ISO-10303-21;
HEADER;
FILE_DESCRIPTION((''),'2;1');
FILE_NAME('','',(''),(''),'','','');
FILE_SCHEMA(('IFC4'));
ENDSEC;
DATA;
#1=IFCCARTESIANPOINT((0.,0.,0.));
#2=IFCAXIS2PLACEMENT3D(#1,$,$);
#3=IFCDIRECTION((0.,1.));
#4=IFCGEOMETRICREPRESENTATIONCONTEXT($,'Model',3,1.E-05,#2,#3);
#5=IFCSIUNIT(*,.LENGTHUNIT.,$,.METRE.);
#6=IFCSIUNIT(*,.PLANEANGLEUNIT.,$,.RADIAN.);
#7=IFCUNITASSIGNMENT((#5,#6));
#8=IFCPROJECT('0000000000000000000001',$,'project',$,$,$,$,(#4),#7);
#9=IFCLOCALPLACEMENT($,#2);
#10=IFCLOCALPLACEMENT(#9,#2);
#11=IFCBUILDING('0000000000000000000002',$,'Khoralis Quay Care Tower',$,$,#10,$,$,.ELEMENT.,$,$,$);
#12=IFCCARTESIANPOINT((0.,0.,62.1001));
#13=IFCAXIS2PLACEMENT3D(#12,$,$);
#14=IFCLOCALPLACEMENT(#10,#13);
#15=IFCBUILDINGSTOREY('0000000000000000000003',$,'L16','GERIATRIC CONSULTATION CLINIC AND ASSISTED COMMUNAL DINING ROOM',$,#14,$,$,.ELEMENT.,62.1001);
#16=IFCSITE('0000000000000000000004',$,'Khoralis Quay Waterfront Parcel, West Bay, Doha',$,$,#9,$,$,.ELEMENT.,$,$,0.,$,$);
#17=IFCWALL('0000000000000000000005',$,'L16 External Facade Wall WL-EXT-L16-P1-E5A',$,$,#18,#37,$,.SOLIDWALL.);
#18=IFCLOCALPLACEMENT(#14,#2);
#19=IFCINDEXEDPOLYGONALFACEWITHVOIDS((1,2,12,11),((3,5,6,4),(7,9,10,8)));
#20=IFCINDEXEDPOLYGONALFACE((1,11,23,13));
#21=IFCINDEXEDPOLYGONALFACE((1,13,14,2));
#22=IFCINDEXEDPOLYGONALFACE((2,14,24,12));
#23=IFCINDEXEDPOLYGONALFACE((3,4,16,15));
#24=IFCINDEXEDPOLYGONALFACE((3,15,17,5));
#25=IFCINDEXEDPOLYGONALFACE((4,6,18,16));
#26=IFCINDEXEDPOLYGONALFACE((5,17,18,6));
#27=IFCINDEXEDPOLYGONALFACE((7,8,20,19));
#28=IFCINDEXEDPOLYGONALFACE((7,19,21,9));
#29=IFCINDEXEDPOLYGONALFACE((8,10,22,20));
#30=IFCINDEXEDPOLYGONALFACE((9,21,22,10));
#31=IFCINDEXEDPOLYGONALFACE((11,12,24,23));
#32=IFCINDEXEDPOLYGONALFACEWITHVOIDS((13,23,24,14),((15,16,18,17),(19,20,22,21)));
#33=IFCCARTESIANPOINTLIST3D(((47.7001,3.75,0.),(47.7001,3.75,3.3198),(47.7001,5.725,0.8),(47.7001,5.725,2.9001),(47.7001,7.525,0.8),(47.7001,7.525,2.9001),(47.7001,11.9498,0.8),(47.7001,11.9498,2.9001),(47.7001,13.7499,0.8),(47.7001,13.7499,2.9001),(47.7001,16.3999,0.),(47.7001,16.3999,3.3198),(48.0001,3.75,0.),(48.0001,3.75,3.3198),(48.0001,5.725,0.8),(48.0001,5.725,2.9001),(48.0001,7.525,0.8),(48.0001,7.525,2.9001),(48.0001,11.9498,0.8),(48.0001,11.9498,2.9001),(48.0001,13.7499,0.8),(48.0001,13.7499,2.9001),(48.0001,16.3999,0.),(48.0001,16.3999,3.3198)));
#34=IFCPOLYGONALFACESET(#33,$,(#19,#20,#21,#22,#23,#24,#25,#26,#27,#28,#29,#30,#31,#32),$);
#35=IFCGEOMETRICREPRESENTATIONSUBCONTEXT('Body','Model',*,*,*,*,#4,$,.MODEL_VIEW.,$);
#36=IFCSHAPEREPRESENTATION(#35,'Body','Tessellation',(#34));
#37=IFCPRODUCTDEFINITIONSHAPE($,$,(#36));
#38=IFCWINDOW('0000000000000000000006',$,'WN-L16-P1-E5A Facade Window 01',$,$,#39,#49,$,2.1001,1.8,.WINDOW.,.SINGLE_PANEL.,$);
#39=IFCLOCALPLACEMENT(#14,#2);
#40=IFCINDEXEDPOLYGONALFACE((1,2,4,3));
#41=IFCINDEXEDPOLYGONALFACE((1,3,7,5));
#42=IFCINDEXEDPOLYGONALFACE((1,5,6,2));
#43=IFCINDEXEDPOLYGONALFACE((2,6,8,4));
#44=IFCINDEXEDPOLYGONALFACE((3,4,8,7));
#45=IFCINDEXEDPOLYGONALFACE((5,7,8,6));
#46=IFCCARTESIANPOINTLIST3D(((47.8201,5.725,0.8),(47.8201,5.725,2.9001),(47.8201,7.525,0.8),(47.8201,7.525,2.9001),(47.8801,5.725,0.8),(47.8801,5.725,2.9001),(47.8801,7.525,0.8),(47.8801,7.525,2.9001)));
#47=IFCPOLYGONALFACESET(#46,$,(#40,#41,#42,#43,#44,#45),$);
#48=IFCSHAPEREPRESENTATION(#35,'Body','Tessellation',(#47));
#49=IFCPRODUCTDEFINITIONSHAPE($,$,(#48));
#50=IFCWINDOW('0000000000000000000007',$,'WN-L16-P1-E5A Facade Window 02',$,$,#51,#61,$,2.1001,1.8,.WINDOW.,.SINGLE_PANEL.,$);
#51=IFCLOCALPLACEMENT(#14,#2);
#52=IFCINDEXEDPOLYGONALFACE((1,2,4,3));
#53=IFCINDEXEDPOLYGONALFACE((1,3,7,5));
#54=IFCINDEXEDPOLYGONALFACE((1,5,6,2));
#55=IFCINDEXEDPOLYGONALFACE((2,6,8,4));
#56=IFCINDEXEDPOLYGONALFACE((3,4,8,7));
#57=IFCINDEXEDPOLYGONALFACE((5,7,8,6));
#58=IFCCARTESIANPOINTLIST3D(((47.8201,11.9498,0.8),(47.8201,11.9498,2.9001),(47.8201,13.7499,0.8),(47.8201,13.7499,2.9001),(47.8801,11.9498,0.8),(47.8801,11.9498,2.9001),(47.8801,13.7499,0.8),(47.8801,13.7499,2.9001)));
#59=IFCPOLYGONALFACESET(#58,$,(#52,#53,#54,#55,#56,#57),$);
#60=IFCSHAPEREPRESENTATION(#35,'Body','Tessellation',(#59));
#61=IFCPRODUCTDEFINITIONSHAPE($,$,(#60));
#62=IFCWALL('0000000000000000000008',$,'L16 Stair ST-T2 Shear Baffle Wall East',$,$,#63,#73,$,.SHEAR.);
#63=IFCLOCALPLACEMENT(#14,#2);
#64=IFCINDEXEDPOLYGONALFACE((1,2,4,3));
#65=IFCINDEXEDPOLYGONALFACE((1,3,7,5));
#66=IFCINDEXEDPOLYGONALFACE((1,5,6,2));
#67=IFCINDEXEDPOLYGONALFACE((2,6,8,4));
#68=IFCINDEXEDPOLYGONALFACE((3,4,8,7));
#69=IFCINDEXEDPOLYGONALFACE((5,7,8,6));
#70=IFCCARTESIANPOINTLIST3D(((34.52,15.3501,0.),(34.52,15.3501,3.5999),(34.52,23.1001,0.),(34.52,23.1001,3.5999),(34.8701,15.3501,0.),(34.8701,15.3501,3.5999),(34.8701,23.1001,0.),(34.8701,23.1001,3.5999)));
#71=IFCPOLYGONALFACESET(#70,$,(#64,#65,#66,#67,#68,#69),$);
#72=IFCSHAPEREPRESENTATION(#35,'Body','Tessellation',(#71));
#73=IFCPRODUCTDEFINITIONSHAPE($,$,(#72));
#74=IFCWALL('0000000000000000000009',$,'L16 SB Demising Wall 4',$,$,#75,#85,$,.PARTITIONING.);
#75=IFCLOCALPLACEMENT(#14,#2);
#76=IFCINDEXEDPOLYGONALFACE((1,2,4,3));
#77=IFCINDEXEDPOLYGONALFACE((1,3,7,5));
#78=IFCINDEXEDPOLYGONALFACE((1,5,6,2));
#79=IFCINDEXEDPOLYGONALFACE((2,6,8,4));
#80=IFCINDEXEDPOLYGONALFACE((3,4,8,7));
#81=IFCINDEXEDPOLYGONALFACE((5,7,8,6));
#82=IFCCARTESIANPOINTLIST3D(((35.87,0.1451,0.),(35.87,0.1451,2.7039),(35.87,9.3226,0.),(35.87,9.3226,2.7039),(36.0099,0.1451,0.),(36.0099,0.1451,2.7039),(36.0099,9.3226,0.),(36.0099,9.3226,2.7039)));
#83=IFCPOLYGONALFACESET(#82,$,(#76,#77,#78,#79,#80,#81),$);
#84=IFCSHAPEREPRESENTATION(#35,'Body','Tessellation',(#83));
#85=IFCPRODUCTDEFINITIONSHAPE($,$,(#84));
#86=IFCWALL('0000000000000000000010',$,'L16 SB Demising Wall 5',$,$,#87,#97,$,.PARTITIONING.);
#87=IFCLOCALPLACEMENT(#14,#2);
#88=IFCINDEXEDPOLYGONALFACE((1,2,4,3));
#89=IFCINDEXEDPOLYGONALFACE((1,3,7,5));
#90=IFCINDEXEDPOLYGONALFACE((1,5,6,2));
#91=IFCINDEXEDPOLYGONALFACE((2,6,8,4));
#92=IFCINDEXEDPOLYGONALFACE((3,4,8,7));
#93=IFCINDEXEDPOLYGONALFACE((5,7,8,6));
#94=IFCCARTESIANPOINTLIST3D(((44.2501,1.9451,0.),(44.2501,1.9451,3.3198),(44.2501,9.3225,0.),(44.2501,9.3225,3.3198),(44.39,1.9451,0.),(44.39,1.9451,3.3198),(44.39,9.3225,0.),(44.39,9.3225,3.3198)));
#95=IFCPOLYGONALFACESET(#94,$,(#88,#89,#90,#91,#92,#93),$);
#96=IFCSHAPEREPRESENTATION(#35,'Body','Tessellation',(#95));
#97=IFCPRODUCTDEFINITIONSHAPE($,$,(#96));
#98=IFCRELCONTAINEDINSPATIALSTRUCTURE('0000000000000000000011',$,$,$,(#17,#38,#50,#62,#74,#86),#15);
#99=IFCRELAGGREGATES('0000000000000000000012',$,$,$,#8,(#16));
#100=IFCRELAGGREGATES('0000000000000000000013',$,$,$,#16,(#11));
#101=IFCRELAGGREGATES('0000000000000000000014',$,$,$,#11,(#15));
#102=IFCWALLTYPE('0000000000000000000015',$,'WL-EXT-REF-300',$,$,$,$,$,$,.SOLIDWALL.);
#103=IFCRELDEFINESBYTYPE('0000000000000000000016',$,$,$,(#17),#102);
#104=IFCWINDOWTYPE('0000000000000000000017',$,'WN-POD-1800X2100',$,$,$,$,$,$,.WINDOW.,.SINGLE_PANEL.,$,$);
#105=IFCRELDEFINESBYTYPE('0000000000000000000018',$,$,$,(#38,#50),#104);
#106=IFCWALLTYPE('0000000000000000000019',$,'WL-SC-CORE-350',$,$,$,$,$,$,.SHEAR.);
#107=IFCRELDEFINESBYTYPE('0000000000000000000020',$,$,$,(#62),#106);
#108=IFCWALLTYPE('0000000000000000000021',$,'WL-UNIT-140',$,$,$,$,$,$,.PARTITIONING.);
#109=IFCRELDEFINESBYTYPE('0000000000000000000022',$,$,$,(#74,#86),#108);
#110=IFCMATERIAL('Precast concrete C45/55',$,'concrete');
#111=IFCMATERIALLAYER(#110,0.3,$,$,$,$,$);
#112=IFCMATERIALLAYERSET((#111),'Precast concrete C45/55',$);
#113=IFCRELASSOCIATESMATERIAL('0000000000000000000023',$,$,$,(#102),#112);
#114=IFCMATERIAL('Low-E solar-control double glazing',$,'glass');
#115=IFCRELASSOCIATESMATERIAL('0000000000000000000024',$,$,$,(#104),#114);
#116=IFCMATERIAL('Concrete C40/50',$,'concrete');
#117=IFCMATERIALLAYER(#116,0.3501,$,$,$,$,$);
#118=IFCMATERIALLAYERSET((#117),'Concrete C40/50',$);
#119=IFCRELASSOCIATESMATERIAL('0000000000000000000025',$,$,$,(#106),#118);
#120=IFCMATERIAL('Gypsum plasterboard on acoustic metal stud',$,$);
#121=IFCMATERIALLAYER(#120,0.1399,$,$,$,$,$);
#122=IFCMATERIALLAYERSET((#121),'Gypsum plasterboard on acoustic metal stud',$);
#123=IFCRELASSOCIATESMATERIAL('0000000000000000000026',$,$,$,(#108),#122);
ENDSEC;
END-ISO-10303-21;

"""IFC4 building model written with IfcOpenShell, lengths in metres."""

from ifc_helpers import new_model, si_unit, direction, frame, frame_2d, origin, place, context, subcontext, project, spatial, rectangle, extrude, source, transform, mapped, material, layer, layer_set, type_object, element, fill, save


model = new_model("IFC4")

# Units and contexts
model_context = context("Model", 3, precision=1e-05, world=origin(), true_north=direction((0.0, 1.0)))
body_context = subcontext(model_context, "Body", "Model", "MODEL_VIEW")
ifc_project = project(units=[si_unit("LENGTHUNIT", "METRE"), si_unit("PLANEANGLEUNIT", "RADIAN")], contexts=[model_context])

# Site, building, storey
site_placement = place(None, origin())
site = spatial("IfcSite", under=ifc_project, at=site_placement, Name="Khoralis Quay Waterfront Parcel, West Bay, Doha", CompositionType="ELEMENT", RefElevation=0.0)
building_placement = place(site_placement, origin())
building = spatial("IfcBuilding", under=site, at=building_placement, Name="Khoralis Quay Care Tower", CompositionType="ELEMENT")
storey_placement = place(building_placement, frame((0.0, 0.0, 62.1001)))
storey = spatial("IfcBuildingStorey", under=building, at=storey_placement, Name="L16", Description="GERIATRIC CONSULTATION CLINIC AND ASSISTED COMMUNAL DINING ROOM", CompositionType="ELEMENT", Elevation=62.1001)

# Shared definitions
ifc_material_1 = material(Name="Gypsum plasterboard on acoustic metal stud")

# Shared definitions
ifc_material_2 = material(Name="Precast concrete C45/55", Category="concrete")
ifc_layer_1 = layer(ifc_material_2, 0.3)
ifc_layer_set_1 = layer_set([ifc_layer_1], Name="Precast concrete C45/55")
wall_type_1 = type_object("IfcWallType", Name="WL-EXT-REF-300", PredefinedType="SOLIDWALL", material=ifc_layer_set_1)

# Wall, openings, windows
wall_1_placement = place(storey_placement, frame((47.8501, 3.75, 0.0), z_axis=(0.0, 0.0, 1.0), x_axis=(0.0, 1.0, 0.0)))
wall_1 = element("IfcWall", 1, at=wall_1_placement, inside=storey, type_object=wall_type_1, Name="L16 External Facade Wall WL-EXT-L16-P1-E5A", PredefinedType="SOLIDWALL", context=body_context, shape_type="SweptSolid", body=[
    extrude(rectangle(XDim=12.6499, YDim=0.3, at=frame_2d((6.325, 0.0))), origin(), (0.0, 0.0, 1.0), 3.3198),
])
opening_1_placement = place(wall_1_placement, frame((1.9751, 0.0, 0.8)))
opening_1 = element("IfcOpeningElement", 2, at=opening_1_placement, cuts=wall_1, PredefinedType="OPENING", context=body_context, shape_type="SweptSolid", body=[
    extrude(rectangle(XDim=1.8, YDim=2.1001, at=frame_2d((0.8999, 1.05))), frame((0.0, 0.1602, 0.0), z_axis=(0.0, -1.0, 0.0), x_axis=(1.0, 0.0, 0.0)), (0.0, 0.0, 1.0), 0.3201),
])
opening_2_placement = place(wall_1_placement, frame((8.2, 0.0, 0.8)))
opening_2 = element("IfcOpeningElement", 3, at=opening_2_placement, cuts=wall_1, PredefinedType="OPENING", context=body_context, shape_type="SweptSolid", body=[
    extrude(rectangle(XDim=1.8, YDim=2.1001, at=frame_2d((0.8999, 1.05))), frame((0.0, 0.1602, 0.0), z_axis=(0.0, -1.0, 0.0), x_axis=(1.0, 0.0, 0.0)), (0.0, 0.0, 1.0), 0.3201),
])
ifc_material_3 = material(Name="Low-E solar-control double glazing", Category="glass")
window_type = type_object("IfcWindowType", Name="WN-POD-1800X2100", PartitioningType="SINGLE_PANEL", PredefinedType="WINDOW", material=ifc_material_3)
shared_shape_1 = source(origin(), body_context, "Body", "SweptSolid", [
    extrude(rectangle(XDim=1.8, YDim=2.1001, at=frame_2d((0.8999, 1.05))), frame((0.0, 0.03, 0.0), z_axis=(0.0, -1.0, 0.0), x_axis=(1.0, 0.0, 0.0)), (0.0, 0.0, 1.0), 0.0601),
])
window_1_placement = place(opening_1_placement, origin())
window_1 = element("IfcWindow", 4, at=window_1_placement, inside=storey, type_object=window_type, Name="WN-L16-P1-E5A Facade Window 01", OverallHeight=2.1001, OverallWidth=1.8, PartitioningType="SINGLE_PANEL", PredefinedType="WINDOW", context=body_context, shape_type="MappedRepresentation", body=[
    mapped(shared_shape_1, transform((0.0, 0.0, 0.0), scale=1.0)),
])
fill(opening_1, window_1)
window_2_placement = place(opening_2_placement, origin())
window_2 = element("IfcWindow", 5, at=window_2_placement, inside=storey, type_object=window_type, Name="WN-L16-P1-E5A Facade Window 02", OverallHeight=2.1001, OverallWidth=1.8, PartitioningType="SINGLE_PANEL", PredefinedType="WINDOW", context=body_context, shape_type="MappedRepresentation", body=[
    mapped(shared_shape_1, transform((0.0, 0.0, 0.0), scale=1.0)),
])
fill(opening_2, window_2)

# Walls
ifc_material_4 = material(Name="Concrete C40/50", Category="concrete")
ifc_layer_2 = layer(ifc_material_4, 0.3501)
ifc_layer_set_2 = layer_set([ifc_layer_2], Name="Concrete C40/50")
wall_type_2 = type_object("IfcWallType", Name="WL-SC-CORE-350", PredefinedType="SHEAR", material=ifc_layer_set_2)
wall_2_placement = place(storey_placement, frame((34.6951, 15.3501, 0.0), z_axis=(0.0, 0.0, 1.0), x_axis=(0.0, 1.0, 0.0)))
element("IfcWall", 6, at=wall_2_placement, inside=storey, type_object=wall_type_2, Name="L16 Stair ST-T2 Shear Baffle Wall East", PredefinedType="SHEAR", context=body_context, shape_type="SweptSolid", body=[
    extrude(rectangle(XDim=7.75, YDim=0.3501, at=frame_2d((3.875, 0.0))), origin(), (0.0, 0.0, 1.0), 3.5999),
])
ifc_layer_3 = layer(ifc_material_1, 0.1399)
ifc_layer_set_3 = layer_set([ifc_layer_3], Name="Gypsum plasterboard on acoustic metal stud")
wall_type_3 = type_object("IfcWallType", Name="WL-UNIT-140", PredefinedType="PARTITIONING", material=ifc_layer_set_3)
wall_3_placement = place(storey_placement, frame((35.9399, 0.145, 0.0), z_axis=(0.0, 0.0, 1.0), x_axis=(0.0, 1.0, 0.0)))
element("IfcWall", 7, at=wall_3_placement, inside=storey, type_object=wall_type_3, Name="L16 SB Demising Wall 4", PredefinedType="PARTITIONING", context=body_context, shape_type="SweptSolid", body=[
    extrude(rectangle(XDim=9.1775, YDim=0.1399, at=frame_2d((4.5889, 0.0))), origin(), (0.0, 0.0, 1.0), 2.7039),
])
wall_4_placement = place(storey_placement, frame((44.3201, 1.9451, 0.0), z_axis=(0.0, 0.0, 1.0), x_axis=(0.0, 1.0, 0.0)))
element("IfcWall", 8, at=wall_4_placement, inside=storey, type_object=wall_type_3, Name="L16 SB Demising Wall 5", PredefinedType="PARTITIONING", context=body_context, shape_type="SweptSolid", body=[
    extrude(rectangle(XDim=7.3774, YDim=0.1399, at=frame_2d((3.6887, 0.0))), origin(), (0.0, 0.0, 1.0), 3.3198),
])

save(model, "model.ifc")
